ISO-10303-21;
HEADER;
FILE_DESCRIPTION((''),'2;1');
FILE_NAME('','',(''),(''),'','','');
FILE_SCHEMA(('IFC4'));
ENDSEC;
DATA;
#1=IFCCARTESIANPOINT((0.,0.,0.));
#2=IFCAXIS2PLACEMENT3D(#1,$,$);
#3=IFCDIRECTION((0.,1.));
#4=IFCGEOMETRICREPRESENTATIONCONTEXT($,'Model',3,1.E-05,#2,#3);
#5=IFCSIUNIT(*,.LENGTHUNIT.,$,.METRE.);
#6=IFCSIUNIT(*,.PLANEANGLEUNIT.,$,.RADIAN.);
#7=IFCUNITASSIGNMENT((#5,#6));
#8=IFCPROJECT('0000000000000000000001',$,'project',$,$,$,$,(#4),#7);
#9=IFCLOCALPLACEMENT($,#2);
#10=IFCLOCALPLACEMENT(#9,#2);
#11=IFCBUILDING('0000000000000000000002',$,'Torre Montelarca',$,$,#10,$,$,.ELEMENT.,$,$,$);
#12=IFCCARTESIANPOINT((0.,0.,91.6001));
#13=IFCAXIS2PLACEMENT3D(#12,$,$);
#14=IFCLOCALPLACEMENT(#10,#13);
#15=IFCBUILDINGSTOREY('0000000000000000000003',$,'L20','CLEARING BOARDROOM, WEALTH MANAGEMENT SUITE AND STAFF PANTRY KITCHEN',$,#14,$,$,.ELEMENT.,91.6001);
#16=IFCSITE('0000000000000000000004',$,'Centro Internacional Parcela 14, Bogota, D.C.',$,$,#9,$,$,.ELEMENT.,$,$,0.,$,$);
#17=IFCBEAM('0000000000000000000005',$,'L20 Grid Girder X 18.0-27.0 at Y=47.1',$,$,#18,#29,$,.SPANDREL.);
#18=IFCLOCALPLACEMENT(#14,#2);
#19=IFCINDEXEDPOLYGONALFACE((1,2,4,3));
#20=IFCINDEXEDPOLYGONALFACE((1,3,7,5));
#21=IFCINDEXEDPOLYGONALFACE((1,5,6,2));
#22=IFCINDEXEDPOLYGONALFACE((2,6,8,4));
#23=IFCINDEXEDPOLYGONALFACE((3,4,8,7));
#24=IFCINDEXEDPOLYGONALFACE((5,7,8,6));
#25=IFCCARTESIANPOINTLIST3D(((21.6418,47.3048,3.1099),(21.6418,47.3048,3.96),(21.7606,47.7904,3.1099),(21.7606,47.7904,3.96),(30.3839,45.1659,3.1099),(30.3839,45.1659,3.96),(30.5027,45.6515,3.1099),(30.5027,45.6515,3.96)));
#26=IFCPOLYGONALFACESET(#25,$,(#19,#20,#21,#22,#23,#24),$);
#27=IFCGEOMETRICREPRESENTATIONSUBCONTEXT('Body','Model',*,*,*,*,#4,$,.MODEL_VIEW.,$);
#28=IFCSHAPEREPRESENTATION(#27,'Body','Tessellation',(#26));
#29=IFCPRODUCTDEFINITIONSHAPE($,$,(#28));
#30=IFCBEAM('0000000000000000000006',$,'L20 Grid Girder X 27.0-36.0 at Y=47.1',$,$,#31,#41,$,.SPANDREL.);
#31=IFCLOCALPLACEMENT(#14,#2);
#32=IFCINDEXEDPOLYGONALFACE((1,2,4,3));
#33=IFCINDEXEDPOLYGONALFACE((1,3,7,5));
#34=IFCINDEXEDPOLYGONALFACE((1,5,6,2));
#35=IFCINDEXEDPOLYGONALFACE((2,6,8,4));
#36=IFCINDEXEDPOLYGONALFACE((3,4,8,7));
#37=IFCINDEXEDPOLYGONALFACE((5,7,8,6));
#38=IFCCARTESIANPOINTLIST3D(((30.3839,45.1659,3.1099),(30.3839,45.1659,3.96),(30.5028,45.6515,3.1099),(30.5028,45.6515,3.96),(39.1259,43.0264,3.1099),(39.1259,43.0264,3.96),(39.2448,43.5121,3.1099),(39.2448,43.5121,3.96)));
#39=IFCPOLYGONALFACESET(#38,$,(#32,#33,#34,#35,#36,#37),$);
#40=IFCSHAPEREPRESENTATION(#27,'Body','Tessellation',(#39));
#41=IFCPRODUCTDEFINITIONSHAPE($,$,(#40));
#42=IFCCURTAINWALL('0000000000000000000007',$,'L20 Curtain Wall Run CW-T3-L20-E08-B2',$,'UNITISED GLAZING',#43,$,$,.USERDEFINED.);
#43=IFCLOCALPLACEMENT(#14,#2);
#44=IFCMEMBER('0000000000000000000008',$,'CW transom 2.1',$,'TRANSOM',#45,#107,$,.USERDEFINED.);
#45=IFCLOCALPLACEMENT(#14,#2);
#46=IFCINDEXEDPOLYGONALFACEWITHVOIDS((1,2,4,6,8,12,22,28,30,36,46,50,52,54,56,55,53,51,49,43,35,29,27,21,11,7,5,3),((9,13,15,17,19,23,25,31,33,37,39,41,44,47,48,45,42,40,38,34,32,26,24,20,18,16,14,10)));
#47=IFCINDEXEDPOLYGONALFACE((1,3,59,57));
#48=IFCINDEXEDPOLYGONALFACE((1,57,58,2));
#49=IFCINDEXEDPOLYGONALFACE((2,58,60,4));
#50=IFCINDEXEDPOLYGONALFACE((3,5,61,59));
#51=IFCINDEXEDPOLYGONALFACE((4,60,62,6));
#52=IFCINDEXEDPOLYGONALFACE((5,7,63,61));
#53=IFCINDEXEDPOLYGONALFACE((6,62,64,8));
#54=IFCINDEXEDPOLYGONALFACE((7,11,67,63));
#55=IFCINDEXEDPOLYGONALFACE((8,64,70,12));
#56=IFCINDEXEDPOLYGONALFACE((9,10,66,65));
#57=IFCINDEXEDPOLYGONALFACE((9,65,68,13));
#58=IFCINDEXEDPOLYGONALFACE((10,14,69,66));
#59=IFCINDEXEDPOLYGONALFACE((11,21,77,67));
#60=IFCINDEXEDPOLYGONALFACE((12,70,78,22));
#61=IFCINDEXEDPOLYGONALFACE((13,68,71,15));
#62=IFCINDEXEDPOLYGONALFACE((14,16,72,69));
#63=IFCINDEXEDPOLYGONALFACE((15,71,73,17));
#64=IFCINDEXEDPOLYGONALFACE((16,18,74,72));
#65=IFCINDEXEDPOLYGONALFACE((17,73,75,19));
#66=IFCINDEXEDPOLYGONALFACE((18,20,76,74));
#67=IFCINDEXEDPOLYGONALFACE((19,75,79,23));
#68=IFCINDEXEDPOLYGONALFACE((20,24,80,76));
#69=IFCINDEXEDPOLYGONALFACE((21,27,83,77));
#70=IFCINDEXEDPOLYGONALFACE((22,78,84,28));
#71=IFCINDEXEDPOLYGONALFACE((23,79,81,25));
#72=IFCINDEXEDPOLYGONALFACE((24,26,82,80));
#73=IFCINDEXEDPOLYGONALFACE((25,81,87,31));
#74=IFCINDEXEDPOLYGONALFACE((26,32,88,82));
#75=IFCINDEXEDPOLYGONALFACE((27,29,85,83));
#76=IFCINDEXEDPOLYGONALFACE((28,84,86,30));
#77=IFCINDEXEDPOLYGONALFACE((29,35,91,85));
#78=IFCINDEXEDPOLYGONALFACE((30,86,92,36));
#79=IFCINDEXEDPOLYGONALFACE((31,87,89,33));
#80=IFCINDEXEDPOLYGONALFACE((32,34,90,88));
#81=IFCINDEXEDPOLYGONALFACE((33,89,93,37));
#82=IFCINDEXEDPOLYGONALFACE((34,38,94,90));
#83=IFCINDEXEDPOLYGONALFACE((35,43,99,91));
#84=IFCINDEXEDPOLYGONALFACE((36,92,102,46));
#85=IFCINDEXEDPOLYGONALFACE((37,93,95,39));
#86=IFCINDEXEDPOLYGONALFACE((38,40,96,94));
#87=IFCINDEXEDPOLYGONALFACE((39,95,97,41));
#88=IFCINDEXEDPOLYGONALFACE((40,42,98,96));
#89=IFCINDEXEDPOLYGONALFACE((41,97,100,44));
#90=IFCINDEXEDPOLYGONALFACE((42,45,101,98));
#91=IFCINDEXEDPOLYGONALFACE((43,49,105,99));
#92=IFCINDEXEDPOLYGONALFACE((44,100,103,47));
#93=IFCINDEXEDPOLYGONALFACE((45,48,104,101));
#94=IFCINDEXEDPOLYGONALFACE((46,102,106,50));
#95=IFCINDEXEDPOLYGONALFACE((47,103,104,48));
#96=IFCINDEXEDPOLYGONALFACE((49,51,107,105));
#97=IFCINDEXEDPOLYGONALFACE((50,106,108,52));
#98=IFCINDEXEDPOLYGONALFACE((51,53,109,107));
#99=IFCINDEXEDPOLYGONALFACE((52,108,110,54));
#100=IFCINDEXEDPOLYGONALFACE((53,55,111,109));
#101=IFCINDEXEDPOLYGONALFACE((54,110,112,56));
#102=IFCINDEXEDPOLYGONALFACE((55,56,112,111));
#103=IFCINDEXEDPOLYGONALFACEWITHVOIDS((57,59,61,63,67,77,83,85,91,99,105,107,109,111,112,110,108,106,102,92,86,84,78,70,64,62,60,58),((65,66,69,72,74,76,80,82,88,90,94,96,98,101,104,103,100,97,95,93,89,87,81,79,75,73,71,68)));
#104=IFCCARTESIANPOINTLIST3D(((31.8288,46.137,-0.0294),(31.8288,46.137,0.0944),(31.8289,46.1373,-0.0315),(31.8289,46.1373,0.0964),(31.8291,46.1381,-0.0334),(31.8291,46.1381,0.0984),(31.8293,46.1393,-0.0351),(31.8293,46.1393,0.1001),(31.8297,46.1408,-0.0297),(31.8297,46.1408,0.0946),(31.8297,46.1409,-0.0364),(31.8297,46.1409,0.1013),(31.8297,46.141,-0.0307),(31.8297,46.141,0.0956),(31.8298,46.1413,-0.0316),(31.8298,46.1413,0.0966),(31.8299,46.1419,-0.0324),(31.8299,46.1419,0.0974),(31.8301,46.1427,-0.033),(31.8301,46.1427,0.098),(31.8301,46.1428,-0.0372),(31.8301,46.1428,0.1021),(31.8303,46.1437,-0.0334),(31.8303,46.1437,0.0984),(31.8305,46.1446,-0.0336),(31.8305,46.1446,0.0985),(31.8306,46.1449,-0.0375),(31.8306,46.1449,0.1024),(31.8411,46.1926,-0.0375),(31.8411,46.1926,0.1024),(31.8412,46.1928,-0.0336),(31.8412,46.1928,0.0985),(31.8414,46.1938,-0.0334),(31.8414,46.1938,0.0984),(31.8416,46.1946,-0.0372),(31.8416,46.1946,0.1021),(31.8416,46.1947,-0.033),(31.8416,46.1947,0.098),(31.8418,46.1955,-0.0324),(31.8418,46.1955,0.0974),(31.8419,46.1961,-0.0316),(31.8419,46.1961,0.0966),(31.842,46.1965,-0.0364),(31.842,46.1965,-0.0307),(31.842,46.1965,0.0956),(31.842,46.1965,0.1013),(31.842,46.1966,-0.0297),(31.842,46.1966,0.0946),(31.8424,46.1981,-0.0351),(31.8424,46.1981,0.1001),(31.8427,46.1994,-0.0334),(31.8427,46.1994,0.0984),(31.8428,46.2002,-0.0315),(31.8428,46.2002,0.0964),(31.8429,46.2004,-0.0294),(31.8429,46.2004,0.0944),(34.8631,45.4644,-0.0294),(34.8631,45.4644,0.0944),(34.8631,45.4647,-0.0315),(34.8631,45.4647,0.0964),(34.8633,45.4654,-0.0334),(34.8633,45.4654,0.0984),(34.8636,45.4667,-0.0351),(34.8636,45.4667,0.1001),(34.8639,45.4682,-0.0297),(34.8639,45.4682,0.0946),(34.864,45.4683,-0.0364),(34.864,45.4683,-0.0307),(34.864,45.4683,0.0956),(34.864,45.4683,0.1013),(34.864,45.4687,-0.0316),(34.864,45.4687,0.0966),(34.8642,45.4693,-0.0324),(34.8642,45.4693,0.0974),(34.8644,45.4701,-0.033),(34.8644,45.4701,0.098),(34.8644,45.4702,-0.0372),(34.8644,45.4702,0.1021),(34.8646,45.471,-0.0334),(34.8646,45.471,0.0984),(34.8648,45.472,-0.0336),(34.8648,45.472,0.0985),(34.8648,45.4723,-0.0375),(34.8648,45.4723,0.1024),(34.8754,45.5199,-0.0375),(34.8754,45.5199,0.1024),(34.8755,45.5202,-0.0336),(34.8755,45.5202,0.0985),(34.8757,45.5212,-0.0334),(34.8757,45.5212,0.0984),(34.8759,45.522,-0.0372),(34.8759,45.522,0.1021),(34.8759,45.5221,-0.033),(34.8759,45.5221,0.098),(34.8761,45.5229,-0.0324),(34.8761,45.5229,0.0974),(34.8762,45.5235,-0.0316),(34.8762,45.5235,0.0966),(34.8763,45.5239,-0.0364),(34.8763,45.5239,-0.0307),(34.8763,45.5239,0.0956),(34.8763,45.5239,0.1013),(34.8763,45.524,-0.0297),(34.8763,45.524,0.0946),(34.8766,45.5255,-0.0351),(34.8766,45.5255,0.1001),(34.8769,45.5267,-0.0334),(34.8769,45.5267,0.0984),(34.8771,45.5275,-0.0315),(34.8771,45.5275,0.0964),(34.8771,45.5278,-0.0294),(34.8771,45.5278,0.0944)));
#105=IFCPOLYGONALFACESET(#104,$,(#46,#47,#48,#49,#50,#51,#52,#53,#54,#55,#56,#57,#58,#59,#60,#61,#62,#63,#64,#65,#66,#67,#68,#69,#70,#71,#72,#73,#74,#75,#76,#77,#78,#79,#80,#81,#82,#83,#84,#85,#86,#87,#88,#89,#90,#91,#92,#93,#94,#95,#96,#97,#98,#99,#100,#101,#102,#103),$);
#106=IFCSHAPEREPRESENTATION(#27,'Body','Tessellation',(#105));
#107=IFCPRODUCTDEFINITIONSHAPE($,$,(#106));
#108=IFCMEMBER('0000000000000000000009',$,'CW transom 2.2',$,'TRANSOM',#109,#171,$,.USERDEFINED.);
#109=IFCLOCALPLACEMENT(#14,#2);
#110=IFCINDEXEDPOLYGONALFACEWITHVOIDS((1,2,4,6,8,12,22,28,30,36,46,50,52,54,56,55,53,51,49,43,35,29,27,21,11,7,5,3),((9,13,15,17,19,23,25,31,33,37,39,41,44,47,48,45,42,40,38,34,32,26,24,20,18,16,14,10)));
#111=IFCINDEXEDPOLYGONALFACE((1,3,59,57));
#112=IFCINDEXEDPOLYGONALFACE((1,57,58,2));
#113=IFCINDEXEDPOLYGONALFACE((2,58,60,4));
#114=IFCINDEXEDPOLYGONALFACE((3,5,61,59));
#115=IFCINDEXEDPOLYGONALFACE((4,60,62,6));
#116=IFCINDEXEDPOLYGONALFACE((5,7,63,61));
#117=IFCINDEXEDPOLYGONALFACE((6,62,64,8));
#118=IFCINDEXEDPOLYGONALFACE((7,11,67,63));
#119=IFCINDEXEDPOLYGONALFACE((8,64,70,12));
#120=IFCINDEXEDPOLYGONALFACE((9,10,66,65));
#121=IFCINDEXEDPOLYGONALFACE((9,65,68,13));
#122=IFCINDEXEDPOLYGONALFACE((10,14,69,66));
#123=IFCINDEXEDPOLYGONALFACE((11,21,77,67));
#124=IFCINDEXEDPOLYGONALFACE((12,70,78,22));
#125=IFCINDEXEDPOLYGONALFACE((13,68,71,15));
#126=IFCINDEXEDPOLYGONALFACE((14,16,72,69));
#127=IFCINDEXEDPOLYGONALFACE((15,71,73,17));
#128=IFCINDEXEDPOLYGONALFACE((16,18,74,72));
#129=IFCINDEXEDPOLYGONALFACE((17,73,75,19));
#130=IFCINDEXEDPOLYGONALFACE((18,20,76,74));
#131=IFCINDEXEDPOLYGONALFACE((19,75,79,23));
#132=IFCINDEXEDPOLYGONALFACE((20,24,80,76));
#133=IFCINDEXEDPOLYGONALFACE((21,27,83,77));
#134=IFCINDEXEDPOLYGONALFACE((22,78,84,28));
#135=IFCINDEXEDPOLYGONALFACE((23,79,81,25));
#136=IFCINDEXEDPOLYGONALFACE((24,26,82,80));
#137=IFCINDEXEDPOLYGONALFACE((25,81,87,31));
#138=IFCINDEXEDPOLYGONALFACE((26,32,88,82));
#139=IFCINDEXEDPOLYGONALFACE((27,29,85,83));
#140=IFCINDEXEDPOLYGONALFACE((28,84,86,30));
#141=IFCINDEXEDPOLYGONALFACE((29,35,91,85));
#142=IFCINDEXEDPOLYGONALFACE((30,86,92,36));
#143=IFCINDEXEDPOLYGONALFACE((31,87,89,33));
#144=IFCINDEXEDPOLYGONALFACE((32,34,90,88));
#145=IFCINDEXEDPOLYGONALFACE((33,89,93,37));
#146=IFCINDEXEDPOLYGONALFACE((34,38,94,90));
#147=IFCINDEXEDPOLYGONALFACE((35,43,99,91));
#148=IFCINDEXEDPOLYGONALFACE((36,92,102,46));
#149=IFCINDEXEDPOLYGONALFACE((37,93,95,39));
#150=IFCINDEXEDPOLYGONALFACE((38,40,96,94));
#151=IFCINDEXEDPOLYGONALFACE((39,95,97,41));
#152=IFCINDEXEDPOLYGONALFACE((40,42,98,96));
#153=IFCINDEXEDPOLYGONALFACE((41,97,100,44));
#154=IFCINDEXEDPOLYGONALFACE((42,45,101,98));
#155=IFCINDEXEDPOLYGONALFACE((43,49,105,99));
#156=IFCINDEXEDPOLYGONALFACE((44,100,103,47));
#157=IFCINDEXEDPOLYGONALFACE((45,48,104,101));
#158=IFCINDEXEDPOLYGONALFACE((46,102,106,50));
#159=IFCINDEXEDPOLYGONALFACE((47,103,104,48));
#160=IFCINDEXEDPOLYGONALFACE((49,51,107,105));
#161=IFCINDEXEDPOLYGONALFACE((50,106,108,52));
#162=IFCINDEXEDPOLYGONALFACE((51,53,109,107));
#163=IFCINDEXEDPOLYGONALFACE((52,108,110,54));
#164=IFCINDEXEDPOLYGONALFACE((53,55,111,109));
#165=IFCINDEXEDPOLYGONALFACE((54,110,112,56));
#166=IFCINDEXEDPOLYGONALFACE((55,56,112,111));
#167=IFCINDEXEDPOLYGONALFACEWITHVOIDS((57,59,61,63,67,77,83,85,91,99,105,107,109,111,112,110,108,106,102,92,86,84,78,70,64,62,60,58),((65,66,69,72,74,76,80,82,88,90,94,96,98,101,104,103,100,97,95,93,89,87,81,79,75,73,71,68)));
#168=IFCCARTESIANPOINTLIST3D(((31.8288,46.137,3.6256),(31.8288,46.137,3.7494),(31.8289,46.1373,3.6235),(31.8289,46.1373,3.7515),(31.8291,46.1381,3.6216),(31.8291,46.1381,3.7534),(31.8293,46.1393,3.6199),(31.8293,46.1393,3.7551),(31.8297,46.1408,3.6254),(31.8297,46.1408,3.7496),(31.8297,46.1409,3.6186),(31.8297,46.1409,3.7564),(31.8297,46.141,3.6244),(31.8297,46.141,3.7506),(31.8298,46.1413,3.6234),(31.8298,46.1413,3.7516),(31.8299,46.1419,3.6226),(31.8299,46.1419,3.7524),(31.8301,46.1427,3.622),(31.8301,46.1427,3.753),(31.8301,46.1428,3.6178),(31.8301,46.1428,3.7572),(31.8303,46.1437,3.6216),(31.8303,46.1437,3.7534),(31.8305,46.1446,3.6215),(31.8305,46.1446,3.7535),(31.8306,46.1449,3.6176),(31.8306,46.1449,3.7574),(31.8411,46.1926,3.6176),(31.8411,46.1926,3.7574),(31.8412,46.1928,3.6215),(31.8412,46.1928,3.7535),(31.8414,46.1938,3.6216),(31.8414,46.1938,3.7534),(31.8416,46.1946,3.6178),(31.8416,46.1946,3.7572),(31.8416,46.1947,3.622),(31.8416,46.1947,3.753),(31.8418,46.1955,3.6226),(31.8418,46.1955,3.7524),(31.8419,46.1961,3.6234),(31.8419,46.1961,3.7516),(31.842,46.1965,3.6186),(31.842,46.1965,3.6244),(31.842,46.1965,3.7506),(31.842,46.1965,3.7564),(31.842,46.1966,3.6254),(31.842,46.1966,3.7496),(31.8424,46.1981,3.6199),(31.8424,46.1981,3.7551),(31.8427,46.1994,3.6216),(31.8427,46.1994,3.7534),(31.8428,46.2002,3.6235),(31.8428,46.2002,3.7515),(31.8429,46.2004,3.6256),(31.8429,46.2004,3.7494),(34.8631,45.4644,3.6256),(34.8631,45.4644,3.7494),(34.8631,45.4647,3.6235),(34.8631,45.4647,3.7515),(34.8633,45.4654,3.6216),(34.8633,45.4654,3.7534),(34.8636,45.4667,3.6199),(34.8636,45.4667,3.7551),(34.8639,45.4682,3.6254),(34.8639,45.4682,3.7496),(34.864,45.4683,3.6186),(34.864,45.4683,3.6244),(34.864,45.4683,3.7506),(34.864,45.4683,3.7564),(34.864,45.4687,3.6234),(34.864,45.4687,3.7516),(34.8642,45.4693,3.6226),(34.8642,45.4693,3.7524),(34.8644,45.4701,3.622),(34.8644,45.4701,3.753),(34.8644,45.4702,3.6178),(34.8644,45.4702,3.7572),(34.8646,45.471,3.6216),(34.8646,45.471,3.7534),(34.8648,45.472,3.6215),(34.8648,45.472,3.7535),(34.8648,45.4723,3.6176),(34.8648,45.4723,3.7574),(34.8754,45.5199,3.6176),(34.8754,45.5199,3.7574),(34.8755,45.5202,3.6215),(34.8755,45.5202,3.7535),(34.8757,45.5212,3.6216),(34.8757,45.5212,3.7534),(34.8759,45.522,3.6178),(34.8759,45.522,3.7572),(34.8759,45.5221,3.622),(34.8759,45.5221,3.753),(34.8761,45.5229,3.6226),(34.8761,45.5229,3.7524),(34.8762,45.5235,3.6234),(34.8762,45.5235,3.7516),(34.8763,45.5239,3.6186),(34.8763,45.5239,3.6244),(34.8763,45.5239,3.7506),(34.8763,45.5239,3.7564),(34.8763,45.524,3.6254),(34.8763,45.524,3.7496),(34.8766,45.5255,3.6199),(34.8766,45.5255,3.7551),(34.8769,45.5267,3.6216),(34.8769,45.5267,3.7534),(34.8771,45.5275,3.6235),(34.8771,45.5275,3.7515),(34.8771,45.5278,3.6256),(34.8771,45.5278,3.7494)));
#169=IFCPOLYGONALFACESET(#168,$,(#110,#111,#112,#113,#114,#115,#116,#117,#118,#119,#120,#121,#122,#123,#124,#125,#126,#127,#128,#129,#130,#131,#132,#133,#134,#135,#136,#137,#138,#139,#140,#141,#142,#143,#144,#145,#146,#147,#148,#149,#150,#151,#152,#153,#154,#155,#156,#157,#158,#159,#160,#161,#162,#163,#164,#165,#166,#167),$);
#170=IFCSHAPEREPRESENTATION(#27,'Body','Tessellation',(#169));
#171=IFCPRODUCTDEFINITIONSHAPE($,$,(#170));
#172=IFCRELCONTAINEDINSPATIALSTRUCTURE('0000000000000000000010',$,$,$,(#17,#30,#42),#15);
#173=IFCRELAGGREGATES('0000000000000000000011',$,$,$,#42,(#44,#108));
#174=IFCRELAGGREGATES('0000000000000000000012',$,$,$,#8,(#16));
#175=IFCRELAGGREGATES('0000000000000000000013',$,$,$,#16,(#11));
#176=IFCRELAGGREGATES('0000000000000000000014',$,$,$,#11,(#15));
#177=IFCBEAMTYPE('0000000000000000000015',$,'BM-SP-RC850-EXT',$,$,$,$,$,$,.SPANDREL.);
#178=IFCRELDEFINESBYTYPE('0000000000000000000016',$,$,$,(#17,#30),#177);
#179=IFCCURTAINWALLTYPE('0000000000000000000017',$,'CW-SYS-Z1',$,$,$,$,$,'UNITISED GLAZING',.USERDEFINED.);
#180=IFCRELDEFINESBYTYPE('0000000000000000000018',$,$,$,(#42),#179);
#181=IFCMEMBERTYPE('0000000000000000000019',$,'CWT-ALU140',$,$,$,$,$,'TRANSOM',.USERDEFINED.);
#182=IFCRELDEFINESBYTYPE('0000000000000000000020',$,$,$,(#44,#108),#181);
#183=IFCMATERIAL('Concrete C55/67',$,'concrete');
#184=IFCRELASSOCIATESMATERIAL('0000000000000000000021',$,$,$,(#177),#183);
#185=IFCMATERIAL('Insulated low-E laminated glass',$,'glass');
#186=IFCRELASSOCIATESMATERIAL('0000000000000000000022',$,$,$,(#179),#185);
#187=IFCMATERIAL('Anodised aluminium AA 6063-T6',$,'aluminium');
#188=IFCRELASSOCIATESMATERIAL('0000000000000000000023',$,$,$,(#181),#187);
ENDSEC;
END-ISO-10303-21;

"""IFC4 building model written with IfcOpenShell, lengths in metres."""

from ifc_helpers import new_model, si_unit, direction, frame, origin, origin_2d, place, context, subcontext, project, spatial, rectangle, hollow_rectangle, extrude, source, transform, mapped, material, material_profile, profile_set, type_object, element, aggregate, save


model = new_model("IFC4")

# Units and contexts
model_context = context("Model", 3, precision=1e-05, world=origin(), true_north=direction((0.0, 1.0)))
body_context = subcontext(model_context, "Body", "Model", "MODEL_VIEW")
ifc_project = project(units=[si_unit("LENGTHUNIT", "METRE"), si_unit("PLANEANGLEUNIT", "RADIAN")], contexts=[model_context])

# Site, building, storey
site_placement = place(None, origin())
site = spatial("IfcSite", under=ifc_project, at=site_placement, Name="Centro Internacional Parcela 14, Bogota, D.C.", CompositionType="ELEMENT", RefElevation=0.0)
building_placement = place(site_placement, origin())
building = spatial("IfcBuilding", under=site, at=building_placement, Name="Torre Montelarca", CompositionType="ELEMENT")
storey_placement = place(building_placement, frame((0.0, 0.0, 91.6001)))
storey = spatial("IfcBuildingStorey", under=building, at=storey_placement, Name="L20", Description="CLEARING BOARDROOM, WEALTH MANAGEMENT SUITE AND STAFF PANTRY KITCHEN", CompositionType="ELEMENT", Elevation=91.6001)

# Beams
ifc_material_1 = material(Name="Concrete C55/67", Category="concrete")
ifc_material_profile_1 = material_profile(ifc_material_1, rectangle(XDim=0.5, YDim=0.8501, at=origin_2d()), Name="RCB500X850", Category="concrete")
ifc_profile_set_1 = profile_set([ifc_material_profile_1], Name="Concrete C55/67")
beam_type = type_object("IfcBeamType", Name="BM-SP-RC850-EXT", PredefinedType="SPANDREL", material=ifc_profile_set_1)
shared_shape_1 = source(origin(), body_context, "Body", "SweptSolid", [
    extrude(rectangle(XDim=0.5, YDim=0.8501, at=origin_2d()), origin(), (0.0, 0.0, 1.0), 9.0),
])
for number, where, z_axis, x_axis, name in (
    (1, (21.7012, 47.5476, 3.5349), (0.971349, -0.237656, 0.0), (0.237656, 0.971349, 0.0), "L20 Grid Girder X 18.0-27.0 at Y=47.1"),
    (2, (30.4434, 45.4087, 3.5349), (0.971335, -0.237714, 0.0), (0.237714, 0.971335, 0.0), "L20 Grid Girder X 27.0-36.0 at Y=47.1"),
):
    element("IfcBeam", number, at=place(storey_placement, frame(where, z_axis=z_axis, x_axis=x_axis)), inside=storey, type_object=beam_type, Name=name, PredefinedType="SPANDREL", context=body_context, shape_type="MappedRepresentation", body=[
        mapped(shared_shape_1, transform((0.0, 0.0, 0.0), scale=1.0)),
    ])

# Curtain wall, members
ifc_material_2 = material(Name="Insulated low-E laminated glass", Category="glass")
curtain_wall_type = type_object("IfcCurtainWallType", Name="CW-SYS-Z1", ElementType="UNITISED GLAZING", PredefinedType="USERDEFINED", material=ifc_material_2)
curtain_wall_1_placement = place(storey_placement, origin())
curtain_wall_1 = element("IfcCurtainWall", 3, at=curtain_wall_1_placement, inside=storey, type_object=curtain_wall_type, Name="L20 Curtain Wall Run CW-T3-L20-E08-B2", ObjectType="UNITISED GLAZING", PredefinedType="USERDEFINED")
ifc_material_3 = material(Name="Anodised aluminium AA 6063-T6", Category="aluminium")
ifc_material_profile_2 = material_profile(ifc_material_3, hollow_rectangle(XDim=0.0649, YDim=0.1399, WallThickness=0.0039, InnerFilletRadius=0.0039, OuterFilletRadius=0.0081, at=origin_2d()), Name="ALU65X140X4", Category="aluminium")
ifc_profile_set_2 = profile_set([ifc_material_profile_2], Name="Anodised aluminium AA 6063-T6")
member_type_1 = type_object("IfcMemberType", Name="CWT-ALU140", ElementType="TRANSOM", PredefinedType="USERDEFINED", material=ifc_profile_set_2)
shared_shape_2 = source(origin(), body_context, "Body", "SweptSolid", [
    extrude(hollow_rectangle(XDim=0.0649, YDim=0.1399, WallThickness=0.0039, InnerFilletRadius=0.0039, OuterFilletRadius=0.0081, at=origin_2d()), origin(), (0.0, 0.0, 1.0), 3.1079),
])
member_1_placement = place(storey_placement, frame((34.8701, 45.4961, 0.0325), z_axis=(-0.9763, 0.216423, 0.0), x_axis=(-0.216423, -0.9763, 0.0)))
member_1 = element("IfcMember", 4, at=member_1_placement, type_object=member_type_1, Name="CW transom 2.1", ObjectType="TRANSOM", PredefinedType="USERDEFINED", context=body_context, shape_type="MappedRepresentation", body=[
    mapped(shared_shape_2, transform((0.0, 0.0, 0.0), scale=1.0)),
])
member_2_placement = place(storey_placement, frame((34.8701, 45.4961, 3.6875), z_axis=(-0.9763, 0.216423, 0.0), x_axis=(-0.216423, -0.9763, 0.0)))
member_2 = element("IfcMember", 5, at=member_2_placement, type_object=member_type_1, Name="CW transom 2.2", ObjectType="TRANSOM", PredefinedType="USERDEFINED", context=body_context, shape_type="MappedRepresentation", body=[
    mapped(shared_shape_2, transform((0.0, 0.0, 0.0), scale=1.0)),
])

aggregate(curtain_wall_1, [member_1, member_2])

save(model, "model.ifc")
